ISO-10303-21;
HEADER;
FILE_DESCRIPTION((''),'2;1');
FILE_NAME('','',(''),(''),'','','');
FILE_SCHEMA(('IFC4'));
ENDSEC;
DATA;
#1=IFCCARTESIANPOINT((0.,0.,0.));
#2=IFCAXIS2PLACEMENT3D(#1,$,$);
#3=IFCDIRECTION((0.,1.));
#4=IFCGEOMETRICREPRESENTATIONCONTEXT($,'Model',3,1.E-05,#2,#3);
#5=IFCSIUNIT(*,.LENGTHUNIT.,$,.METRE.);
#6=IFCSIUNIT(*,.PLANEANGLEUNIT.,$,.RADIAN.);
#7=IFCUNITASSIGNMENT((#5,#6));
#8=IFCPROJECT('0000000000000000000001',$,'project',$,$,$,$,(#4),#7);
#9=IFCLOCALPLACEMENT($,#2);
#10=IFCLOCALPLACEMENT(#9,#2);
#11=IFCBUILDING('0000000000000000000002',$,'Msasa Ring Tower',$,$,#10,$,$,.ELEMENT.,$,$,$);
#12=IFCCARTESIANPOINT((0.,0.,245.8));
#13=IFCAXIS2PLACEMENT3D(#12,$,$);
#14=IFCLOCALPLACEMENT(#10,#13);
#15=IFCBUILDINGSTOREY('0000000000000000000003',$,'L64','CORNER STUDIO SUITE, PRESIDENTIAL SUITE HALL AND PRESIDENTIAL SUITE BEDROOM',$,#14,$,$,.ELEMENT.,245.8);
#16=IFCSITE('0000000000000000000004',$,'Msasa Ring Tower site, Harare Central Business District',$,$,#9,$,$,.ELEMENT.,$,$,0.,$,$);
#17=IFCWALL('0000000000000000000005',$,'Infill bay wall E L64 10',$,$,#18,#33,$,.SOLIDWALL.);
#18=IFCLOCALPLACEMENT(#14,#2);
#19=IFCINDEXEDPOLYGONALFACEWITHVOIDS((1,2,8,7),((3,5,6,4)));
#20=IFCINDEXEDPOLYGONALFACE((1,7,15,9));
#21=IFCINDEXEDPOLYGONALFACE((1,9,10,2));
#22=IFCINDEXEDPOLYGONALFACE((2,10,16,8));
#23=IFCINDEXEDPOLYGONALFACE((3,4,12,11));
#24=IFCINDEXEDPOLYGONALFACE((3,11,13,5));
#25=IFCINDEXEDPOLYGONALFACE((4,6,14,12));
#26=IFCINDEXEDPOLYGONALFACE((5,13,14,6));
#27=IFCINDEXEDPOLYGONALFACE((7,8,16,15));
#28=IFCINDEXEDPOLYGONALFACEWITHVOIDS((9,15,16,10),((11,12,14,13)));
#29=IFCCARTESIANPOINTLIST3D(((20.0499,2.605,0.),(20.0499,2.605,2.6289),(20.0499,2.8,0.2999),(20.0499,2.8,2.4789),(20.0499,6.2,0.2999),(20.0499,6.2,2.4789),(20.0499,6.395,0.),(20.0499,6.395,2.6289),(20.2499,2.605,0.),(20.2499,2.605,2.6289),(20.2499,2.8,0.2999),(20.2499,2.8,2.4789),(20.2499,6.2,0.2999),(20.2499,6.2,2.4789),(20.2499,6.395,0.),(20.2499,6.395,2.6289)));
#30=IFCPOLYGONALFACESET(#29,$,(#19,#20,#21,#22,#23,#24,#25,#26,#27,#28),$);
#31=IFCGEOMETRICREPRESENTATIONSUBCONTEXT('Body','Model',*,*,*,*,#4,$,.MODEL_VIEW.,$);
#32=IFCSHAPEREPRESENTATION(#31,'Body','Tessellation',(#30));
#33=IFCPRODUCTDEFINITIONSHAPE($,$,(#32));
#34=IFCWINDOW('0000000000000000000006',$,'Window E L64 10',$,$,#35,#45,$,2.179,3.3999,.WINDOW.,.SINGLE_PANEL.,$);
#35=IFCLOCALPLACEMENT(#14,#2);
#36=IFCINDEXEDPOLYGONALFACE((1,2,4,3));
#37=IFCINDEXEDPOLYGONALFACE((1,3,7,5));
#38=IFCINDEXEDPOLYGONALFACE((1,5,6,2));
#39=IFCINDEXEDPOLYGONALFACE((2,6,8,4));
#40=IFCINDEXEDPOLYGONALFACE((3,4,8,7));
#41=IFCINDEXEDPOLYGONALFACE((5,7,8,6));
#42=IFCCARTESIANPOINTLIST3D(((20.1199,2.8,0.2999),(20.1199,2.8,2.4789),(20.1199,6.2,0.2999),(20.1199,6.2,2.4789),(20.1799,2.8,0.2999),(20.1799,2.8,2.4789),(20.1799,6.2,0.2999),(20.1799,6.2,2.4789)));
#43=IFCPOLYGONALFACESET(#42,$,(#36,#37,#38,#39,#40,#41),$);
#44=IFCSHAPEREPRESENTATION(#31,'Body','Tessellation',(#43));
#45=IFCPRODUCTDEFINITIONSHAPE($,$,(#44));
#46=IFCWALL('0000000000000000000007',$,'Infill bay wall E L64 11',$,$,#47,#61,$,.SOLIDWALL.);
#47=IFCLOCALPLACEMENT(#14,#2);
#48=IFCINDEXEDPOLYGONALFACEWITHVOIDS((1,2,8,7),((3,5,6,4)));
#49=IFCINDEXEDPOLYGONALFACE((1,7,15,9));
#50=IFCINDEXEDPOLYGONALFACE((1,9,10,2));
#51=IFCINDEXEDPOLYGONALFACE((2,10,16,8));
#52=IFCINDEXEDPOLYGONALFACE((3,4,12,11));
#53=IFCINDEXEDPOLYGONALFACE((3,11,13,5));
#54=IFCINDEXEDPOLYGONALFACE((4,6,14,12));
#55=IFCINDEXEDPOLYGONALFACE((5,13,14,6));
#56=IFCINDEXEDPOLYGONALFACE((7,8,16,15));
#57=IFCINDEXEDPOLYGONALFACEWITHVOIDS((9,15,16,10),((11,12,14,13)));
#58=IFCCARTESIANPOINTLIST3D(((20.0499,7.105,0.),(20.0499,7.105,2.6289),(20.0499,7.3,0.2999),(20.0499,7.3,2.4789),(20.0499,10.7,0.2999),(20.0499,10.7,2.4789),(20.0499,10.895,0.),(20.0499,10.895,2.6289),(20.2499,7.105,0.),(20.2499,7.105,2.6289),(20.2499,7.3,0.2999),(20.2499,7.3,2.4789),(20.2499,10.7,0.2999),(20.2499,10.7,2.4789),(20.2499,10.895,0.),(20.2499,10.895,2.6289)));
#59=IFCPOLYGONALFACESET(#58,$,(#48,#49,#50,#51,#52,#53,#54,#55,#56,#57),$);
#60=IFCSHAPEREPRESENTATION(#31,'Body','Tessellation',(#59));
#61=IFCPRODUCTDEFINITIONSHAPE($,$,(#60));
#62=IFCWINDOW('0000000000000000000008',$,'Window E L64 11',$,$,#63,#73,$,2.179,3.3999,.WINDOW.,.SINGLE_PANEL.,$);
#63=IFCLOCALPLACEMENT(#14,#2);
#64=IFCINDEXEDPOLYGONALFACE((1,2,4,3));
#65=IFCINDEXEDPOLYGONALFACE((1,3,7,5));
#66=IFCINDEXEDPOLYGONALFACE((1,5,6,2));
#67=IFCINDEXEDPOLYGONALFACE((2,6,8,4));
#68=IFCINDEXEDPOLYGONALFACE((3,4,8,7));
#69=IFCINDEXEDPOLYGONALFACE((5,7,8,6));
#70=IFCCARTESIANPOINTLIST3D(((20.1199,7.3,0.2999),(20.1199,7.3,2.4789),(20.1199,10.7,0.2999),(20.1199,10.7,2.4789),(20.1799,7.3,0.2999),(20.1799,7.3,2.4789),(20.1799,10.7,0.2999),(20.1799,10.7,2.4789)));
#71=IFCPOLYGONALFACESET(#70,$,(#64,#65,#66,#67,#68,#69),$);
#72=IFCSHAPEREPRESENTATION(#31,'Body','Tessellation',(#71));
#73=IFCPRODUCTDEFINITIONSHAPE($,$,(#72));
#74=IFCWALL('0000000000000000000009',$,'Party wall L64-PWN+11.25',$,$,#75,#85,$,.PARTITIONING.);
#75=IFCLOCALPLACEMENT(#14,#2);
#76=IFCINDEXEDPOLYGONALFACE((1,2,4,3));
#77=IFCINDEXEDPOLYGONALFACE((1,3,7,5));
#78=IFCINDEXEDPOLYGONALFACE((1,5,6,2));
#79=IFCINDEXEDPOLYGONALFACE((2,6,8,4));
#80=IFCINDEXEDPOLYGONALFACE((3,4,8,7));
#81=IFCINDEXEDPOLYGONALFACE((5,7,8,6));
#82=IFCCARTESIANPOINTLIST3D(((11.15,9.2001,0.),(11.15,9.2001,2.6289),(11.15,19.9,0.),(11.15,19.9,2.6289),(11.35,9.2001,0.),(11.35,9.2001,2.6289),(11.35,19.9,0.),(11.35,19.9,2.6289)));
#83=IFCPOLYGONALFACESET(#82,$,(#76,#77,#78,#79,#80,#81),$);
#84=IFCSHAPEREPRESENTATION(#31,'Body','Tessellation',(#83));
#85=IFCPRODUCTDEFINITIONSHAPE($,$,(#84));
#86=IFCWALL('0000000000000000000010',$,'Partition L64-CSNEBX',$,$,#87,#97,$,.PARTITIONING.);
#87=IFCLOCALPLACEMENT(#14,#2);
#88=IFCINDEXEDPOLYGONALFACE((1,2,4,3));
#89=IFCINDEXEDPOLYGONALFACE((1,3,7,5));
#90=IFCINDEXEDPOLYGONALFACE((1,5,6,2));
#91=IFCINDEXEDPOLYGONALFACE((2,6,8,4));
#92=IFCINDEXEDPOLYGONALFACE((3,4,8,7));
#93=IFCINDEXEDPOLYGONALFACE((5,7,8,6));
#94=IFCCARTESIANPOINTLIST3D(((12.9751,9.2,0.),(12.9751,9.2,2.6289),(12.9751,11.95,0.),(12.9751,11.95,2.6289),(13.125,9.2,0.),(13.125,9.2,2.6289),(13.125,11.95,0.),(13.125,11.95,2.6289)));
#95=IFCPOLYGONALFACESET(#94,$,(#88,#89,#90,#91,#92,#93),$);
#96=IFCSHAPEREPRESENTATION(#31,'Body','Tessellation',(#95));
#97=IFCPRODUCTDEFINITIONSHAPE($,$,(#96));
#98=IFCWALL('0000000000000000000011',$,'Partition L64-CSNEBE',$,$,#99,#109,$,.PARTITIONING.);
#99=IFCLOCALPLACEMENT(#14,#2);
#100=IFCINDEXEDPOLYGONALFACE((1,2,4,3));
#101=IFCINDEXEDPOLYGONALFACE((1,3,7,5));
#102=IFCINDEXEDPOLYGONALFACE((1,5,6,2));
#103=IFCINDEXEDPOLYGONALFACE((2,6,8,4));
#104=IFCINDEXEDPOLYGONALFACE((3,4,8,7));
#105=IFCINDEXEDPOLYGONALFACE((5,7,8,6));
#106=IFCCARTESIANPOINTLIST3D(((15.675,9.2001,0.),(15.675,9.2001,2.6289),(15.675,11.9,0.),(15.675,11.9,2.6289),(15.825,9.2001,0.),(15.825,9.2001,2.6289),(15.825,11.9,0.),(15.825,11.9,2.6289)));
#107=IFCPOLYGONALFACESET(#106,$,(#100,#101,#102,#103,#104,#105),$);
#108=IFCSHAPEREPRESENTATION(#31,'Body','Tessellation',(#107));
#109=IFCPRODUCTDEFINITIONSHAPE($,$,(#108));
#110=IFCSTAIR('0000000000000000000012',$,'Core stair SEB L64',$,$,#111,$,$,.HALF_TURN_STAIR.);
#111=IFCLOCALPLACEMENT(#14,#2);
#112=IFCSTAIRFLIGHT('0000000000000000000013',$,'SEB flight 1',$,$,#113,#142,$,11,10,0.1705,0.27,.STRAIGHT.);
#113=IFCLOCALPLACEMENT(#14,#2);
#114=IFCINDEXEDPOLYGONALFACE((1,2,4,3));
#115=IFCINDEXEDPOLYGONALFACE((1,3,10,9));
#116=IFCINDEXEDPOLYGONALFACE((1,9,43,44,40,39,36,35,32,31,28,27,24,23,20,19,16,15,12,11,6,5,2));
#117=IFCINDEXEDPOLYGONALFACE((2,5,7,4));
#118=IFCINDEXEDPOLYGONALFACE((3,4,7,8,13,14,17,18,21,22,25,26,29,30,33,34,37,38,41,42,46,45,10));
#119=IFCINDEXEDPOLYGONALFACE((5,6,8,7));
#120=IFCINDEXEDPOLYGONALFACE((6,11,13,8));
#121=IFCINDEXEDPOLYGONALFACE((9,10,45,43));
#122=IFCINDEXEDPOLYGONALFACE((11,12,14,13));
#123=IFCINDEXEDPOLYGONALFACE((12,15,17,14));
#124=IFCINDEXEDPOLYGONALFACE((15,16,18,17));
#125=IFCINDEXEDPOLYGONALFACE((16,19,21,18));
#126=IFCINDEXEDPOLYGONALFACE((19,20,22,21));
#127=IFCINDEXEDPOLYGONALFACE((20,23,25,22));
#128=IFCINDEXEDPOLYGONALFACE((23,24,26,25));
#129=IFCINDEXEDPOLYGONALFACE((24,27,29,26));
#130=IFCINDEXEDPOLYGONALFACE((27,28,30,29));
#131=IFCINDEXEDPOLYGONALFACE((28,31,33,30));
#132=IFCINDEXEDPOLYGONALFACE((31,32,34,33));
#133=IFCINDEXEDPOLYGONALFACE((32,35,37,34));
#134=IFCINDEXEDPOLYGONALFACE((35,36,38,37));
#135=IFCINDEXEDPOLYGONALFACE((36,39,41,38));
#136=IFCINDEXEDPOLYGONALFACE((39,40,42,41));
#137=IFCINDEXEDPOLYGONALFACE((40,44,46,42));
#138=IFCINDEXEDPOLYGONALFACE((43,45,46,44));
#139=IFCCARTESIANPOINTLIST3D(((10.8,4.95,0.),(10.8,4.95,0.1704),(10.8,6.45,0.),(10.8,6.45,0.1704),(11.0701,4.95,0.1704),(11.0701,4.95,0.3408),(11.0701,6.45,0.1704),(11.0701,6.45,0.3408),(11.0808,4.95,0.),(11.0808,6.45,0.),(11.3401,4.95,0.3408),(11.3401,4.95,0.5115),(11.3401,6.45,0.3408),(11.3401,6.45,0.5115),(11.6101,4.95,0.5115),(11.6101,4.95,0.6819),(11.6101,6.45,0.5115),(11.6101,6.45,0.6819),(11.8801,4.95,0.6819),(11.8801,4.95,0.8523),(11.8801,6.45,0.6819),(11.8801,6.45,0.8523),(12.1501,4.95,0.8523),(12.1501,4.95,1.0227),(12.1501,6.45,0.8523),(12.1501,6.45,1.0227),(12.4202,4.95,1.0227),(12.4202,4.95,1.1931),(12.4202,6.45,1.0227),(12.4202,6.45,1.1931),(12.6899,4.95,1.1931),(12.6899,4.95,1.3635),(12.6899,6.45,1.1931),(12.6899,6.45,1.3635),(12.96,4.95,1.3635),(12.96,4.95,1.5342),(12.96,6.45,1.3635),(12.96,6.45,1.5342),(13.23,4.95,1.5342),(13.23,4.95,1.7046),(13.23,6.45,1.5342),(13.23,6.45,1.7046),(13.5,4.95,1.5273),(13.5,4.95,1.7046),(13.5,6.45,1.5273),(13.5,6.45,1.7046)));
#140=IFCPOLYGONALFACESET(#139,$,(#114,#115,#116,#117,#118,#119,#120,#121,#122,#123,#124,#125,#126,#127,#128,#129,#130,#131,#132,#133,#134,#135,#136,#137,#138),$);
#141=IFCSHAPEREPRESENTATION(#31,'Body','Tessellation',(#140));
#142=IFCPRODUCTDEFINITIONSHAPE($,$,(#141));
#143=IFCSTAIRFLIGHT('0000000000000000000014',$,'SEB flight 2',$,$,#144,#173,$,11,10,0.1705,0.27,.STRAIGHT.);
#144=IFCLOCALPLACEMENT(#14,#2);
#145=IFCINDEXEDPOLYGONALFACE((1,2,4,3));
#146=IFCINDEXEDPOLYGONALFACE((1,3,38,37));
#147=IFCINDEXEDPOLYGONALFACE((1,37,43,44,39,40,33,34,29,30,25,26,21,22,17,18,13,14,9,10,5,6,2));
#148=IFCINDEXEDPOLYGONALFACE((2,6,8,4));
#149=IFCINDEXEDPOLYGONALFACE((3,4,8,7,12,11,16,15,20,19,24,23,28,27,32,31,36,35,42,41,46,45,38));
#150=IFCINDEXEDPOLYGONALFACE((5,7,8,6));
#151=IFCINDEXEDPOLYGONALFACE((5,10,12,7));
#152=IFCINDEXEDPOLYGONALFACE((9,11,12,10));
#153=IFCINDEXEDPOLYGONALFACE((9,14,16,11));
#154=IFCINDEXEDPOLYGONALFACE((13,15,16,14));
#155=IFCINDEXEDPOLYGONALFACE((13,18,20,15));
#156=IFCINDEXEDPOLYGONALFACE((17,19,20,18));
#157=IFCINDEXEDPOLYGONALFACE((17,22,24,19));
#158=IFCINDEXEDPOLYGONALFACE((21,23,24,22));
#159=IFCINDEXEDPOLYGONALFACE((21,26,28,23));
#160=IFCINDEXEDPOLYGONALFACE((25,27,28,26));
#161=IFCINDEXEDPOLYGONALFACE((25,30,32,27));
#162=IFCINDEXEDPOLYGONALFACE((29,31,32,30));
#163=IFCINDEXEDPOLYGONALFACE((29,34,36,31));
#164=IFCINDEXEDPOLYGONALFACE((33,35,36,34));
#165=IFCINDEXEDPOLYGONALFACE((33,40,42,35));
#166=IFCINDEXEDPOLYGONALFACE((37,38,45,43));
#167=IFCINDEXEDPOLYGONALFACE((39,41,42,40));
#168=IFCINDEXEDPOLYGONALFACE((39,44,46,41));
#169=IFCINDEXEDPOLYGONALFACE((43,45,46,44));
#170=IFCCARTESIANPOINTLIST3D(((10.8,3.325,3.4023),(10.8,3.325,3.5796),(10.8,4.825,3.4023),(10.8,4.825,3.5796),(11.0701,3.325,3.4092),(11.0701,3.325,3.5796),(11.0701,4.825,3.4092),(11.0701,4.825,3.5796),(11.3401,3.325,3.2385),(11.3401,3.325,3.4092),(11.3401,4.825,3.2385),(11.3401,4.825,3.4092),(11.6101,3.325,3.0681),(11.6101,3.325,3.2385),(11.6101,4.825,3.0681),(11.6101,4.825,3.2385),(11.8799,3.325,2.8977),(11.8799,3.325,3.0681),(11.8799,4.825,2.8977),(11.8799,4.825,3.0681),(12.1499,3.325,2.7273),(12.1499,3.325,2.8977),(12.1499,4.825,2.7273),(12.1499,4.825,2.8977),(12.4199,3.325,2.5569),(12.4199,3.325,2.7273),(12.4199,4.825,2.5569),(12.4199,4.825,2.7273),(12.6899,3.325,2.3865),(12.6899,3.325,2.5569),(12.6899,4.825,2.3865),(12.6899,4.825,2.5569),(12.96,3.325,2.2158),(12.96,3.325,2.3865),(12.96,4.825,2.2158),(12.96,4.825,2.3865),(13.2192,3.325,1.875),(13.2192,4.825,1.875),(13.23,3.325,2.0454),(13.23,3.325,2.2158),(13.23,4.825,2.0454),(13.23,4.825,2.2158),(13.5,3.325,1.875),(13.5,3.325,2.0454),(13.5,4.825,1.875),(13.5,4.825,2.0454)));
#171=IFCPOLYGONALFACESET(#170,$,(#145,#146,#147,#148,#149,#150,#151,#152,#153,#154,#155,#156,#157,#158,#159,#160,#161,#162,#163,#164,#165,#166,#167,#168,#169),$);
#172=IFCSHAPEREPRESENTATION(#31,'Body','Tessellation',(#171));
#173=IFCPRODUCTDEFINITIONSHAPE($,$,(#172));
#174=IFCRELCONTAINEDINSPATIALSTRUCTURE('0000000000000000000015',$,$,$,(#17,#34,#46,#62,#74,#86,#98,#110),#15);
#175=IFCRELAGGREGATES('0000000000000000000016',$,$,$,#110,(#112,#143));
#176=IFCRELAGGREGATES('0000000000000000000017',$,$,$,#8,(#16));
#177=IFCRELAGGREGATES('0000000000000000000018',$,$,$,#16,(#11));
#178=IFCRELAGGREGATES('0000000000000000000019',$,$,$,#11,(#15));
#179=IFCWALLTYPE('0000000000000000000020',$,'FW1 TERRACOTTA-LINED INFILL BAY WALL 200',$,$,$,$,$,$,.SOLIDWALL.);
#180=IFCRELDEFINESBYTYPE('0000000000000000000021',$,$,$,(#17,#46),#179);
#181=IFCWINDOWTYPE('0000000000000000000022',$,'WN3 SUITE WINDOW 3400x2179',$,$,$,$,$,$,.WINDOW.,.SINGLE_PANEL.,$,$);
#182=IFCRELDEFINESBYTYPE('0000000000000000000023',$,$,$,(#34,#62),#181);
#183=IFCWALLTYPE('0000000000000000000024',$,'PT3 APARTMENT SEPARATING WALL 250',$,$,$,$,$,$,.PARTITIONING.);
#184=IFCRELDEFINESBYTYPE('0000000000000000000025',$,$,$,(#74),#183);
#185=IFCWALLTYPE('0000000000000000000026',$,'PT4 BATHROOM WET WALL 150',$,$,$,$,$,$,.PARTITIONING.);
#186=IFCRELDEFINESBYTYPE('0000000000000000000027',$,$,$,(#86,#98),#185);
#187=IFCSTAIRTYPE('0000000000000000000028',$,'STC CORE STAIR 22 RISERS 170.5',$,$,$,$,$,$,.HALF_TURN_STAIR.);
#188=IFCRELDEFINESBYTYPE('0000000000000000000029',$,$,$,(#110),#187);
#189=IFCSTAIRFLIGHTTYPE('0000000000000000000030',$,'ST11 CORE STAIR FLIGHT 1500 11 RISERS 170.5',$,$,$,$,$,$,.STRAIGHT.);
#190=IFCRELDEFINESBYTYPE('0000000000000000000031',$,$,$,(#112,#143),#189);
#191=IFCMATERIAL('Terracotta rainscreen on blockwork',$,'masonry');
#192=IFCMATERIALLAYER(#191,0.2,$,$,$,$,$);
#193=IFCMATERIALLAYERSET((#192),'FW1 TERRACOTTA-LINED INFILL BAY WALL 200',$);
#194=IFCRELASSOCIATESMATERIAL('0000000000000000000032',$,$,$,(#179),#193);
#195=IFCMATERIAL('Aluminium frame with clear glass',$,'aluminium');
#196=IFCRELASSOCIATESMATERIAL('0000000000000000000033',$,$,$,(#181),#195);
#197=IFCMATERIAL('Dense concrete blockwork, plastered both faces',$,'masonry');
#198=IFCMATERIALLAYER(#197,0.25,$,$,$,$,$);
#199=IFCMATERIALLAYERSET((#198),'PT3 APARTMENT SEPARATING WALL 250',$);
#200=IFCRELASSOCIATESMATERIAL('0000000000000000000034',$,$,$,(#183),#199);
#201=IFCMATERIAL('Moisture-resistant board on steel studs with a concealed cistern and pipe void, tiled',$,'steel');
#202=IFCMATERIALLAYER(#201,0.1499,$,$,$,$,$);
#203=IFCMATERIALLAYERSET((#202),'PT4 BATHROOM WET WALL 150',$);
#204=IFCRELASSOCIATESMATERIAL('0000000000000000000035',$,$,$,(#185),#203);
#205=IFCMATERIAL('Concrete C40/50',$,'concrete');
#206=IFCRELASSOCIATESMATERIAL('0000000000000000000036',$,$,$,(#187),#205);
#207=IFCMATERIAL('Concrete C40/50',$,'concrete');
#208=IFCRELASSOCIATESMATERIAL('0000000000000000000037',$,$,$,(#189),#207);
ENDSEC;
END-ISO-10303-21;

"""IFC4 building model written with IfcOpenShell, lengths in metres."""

from ifc_helpers import new_model, si_unit, direction, frame, frame_2d, origin, place, context, subcontext, project, spatial, polyline, rectangle, outline, extrude, material, layer, layer_set, type_object, element, fill, aggregate, save


model = new_model("IFC4")

# Units and contexts
model_context = context("Model", 3, precision=1e-05, world=origin(), true_north=direction((0.0, 1.0)))
body_context = subcontext(model_context, "Body", "Model", "MODEL_VIEW")
ifc_project = project(units=[si_unit("LENGTHUNIT", "METRE"), si_unit("PLANEANGLEUNIT", "RADIAN")], contexts=[model_context])

# Site, building, storey
site_placement = place(None, origin())
site = spatial("IfcSite", under=ifc_project, at=site_placement, Name="Msasa Ring Tower site, Harare Central Business District", CompositionType="ELEMENT", RefElevation=0.0)
building_placement = place(site_placement, origin())
building = spatial("IfcBuilding", under=site, at=building_placement, Name="Msasa Ring Tower", CompositionType="ELEMENT")
storey_placement = place(building_placement, frame((0.0, 0.0, 245.8)))
storey = spatial("IfcBuildingStorey", under=building, at=storey_placement, Name="L64", Description="CORNER STUDIO SUITE, PRESIDENTIAL SUITE HALL AND PRESIDENTIAL SUITE BEDROOM", CompositionType="ELEMENT", Elevation=245.8)

# Walls, openings, windows
ifc_material_1 = material(Name="Terracotta rainscreen on blockwork", Category="masonry")
ifc_layer_1 = layer(ifc_material_1, 0.2)
ifc_layer_set_1 = layer_set([ifc_layer_1], Name="FW1 TERRACOTTA-LINED INFILL BAY WALL 200")
wall_type_1 = type_object("IfcWallType", Name="FW1 TERRACOTTA-LINED INFILL BAY WALL 200", PredefinedType="SOLIDWALL", material=ifc_layer_set_1)
wall_1_placement = place(storey_placement, frame((20.1499, 2.605, 0.0), z_axis=(0.0, 0.0, 1.0), x_axis=(0.0, 1.0, 0.0)))
wall_1 = element("IfcWall", 1, at=wall_1_placement, inside=storey, type_object=wall_type_1, Name="Infill bay wall E L64 10", PredefinedType="SOLIDWALL", context=body_context, shape_type="SweptSolid", body=[
    extrude(rectangle(XDim=3.79, YDim=0.2, at=frame_2d((1.895, 0.0))), origin(), (0.0, 0.0, 1.0), 2.6289),
])
opening_1_placement = place(wall_1_placement, frame((0.1951, 0.0, 0.3)))
opening_1 = element("IfcOpeningElement", 2, at=opening_1_placement, cuts=wall_1, PredefinedType="OPENING", context=body_context, shape_type="SweptSolid", body=[
    extrude(rectangle(XDim=3.3999, YDim=2.179, at=frame_2d((1.7, 1.0894))), frame((0.0, 0.1099, 0.0), z_axis=(0.0, -1.0, 0.0), x_axis=(1.0, 0.0, 0.0)), (0.0, 0.0, 1.0), 0.22),
])
ifc_material_2 = material(Name="Aluminium frame with clear glass", Category="aluminium")
window_type = type_object("IfcWindowType", Name="WN3 SUITE WINDOW 3400x2179", PartitioningType="SINGLE_PANEL", PredefinedType="WINDOW", material=ifc_material_2)
window_1_placement = place(opening_1_placement, origin())
window_1 = element("IfcWindow", 3, at=window_1_placement, inside=storey, type_object=window_type, Name="Window E L64 10", OverallHeight=2.179, OverallWidth=3.3999, PartitioningType="SINGLE_PANEL", PredefinedType="WINDOW", context=body_context, shape_type="SweptSolid", body=[
    extrude(rectangle(XDim=3.3999, YDim=2.179, at=frame_2d((1.7, 1.0894))), frame((0.0, 0.03, 0.0), z_axis=(0.0, -1.0, 0.0), x_axis=(1.0, 0.0, 0.0)), (0.0, 0.0, 1.0), 0.0601),
])
fill(opening_1, window_1)
wall_2_placement = place(storey_placement, frame((20.1499, 7.105, 0.0), z_axis=(0.0, 0.0, 1.0), x_axis=(0.0, 1.0, 0.0)))
wall_2 = element("IfcWall", 4, at=wall_2_placement, inside=storey, type_object=wall_type_1, Name="Infill bay wall E L64 11", PredefinedType="SOLIDWALL", context=body_context, shape_type="SweptSolid", body=[
    extrude(rectangle(XDim=3.79, YDim=0.2, at=frame_2d((1.895, 0.0))), origin(), (0.0, 0.0, 1.0), 2.6289),
])
opening_2_placement = place(wall_2_placement, frame((0.1951, 0.0, 0.3)))
opening_2 = element("IfcOpeningElement", 5, at=opening_2_placement, cuts=wall_2, PredefinedType="OPENING", context=body_context, shape_type="SweptSolid", body=[
    extrude(rectangle(XDim=3.3999, YDim=2.179, at=frame_2d((1.7, 1.0894))), frame((0.0, 0.1099, 0.0), z_axis=(0.0, -1.0, 0.0), x_axis=(1.0, 0.0, 0.0)), (0.0, 0.0, 1.0), 0.22),
])
window_2_placement = place(opening_2_placement, origin())
window_2 = element("IfcWindow", 6, at=window_2_placement, inside=storey, type_object=window_type, Name="Window E L64 11", OverallHeight=2.179, OverallWidth=3.3999, PartitioningType="SINGLE_PANEL", PredefinedType="WINDOW", context=body_context, shape_type="SweptSolid", body=[
    extrude(rectangle(XDim=3.3999, YDim=2.179, at=frame_2d((1.7, 1.0894))), frame((0.0, 0.03, 0.0), z_axis=(0.0, -1.0, 0.0), x_axis=(1.0, 0.0, 0.0)), (0.0, 0.0, 1.0), 0.0601),
])
fill(opening_2, window_2)

# Walls
ifc_material_3 = material(Name="Dense concrete blockwork, plastered both faces", Category="masonry")
ifc_layer_2 = layer(ifc_material_3, 0.25)
ifc_layer_set_2 = layer_set([ifc_layer_2], Name="PT3 APARTMENT SEPARATING WALL 250")
wall_type_2 = type_object("IfcWallType", Name="PT3 APARTMENT SEPARATING WALL 250", PredefinedType="PARTITIONING", material=ifc_layer_set_2)
wall_3_placement = place(storey_placement, frame((11.25, 9.2, 0.0), z_axis=(0.0, 0.0, 1.0), x_axis=(0.0, 1.0, 0.0)))
element("IfcWall", 7, at=wall_3_placement, inside=storey, type_object=wall_type_2, Name="Party wall L64-PWN+11.25", PredefinedType="PARTITIONING", context=body_context, shape_type="SweptSolid", body=[
    extrude(rectangle(XDim=10.7, YDim=0.2, at=frame_2d((5.3501, 0.0))), origin(), (0.0, 0.0, 1.0), 2.6289),
])
ifc_material_4 = material(Name="Moisture-resistant board on steel studs with a concealed cistern and pipe void, tiled", Category="steel")
ifc_layer_3 = layer(ifc_material_4, 0.1499)
ifc_layer_set_3 = layer_set([ifc_layer_3], Name="PT4 BATHROOM WET WALL 150")
wall_type_3 = type_object("IfcWallType", Name="PT4 BATHROOM WET WALL 150", PredefinedType="PARTITIONING", material=ifc_layer_set_3)
wall_4_placement = place(storey_placement, frame((13.05, 9.2, 0.0), z_axis=(0.0, 0.0, 1.0), x_axis=(0.0, 1.0, 0.0)))
element("IfcWall", 8, at=wall_4_placement, inside=storey, type_object=wall_type_3, Name="Partition L64-CSNEBX", PredefinedType="PARTITIONING", context=body_context, shape_type="SweptSolid", body=[
    extrude(rectangle(XDim=2.75, YDim=0.1499, at=frame_2d((1.375, 0.0))), origin(), (0.0, 0.0, 1.0), 2.6289),
])
wall_5_placement = place(storey_placement, frame((15.75, 9.2, 0.0), z_axis=(0.0, 0.0, 1.0), x_axis=(0.0, 1.0, 0.0)))
element("IfcWall", 9, at=wall_5_placement, inside=storey, type_object=wall_type_3, Name="Partition L64-CSNEBE", PredefinedType="PARTITIONING", context=body_context, shape_type="SweptSolid", body=[
    extrude(rectangle(XDim=2.7, YDim=0.1499, at=frame_2d((1.3501, 0.0))), origin(), (0.0, 0.0, 1.0), 2.6289),
])

# Stair, stair flights
ifc_material_5 = material(Name="Concrete C40/50", Category="concrete")
stair_type = type_object("IfcStairType", Name="STC CORE STAIR 22 RISERS 170.5", PredefinedType="HALF_TURN_STAIR", material=ifc_material_5)
stair_placement = place(storey_placement, origin())
stair = element("IfcStair", 10, at=stair_placement, inside=storey, type_object=stair_type, Name="Core stair SEB L64", PredefinedType="HALF_TURN_STAIR")
ifc_material_6 = material(Name="Concrete C40/50", Category="concrete")
stair_flight_type = type_object("IfcStairFlightType", Name="ST11 CORE STAIR FLIGHT 1500 11 RISERS 170.5", PredefinedType="STRAIGHT", material=ifc_material_6)
stair_flight_1_placement = place(storey_placement, frame((10.8, 5.7, 0.0), z_axis=(0.0, 0.0, 1.0), x_axis=(1.0, 0.0, 0.0)))
stair_flight_1 = element("IfcStairFlight", 11, at=stair_flight_1_placement, type_object=stair_flight_type, Name="SEB flight 1", NumberOfRisers=11, NumberOfTreads=10, PredefinedType="STRAIGHT", RiserHeight=0.1705, TreadLength=0.27, context=body_context, shape_type="SweptSolid", body=[
    extrude(outline(polyline([(0.0, 0.0), (0.0, 0.1704), (0.27, 0.1704), (0.27, 0.3408), (0.54, 0.3408), (0.54, 0.5115), (0.8101, 0.5115), (0.8101, 0.6819), (1.0801, 0.6819), (1.0801, 0.8523), (1.3501, 0.8523), (1.3501, 1.0227), (1.6201, 1.0227), (1.6201, 1.1931), (1.8899, 1.1931), (1.8899, 1.3635), (2.1599, 1.3635), (2.1599, 1.5342), (2.4299, 1.5342), (2.4299, 1.7046), (2.7, 1.7046), (2.7, 1.875), (2.7, 1.5273), (0.2808, 0.0), (0.0, 0.0)])), frame((0.0, 0.75, 0.0), z_axis=(0.0, -1.0, 0.0), x_axis=(1.0, 0.0, 0.0)), (0.0, 0.0, 1.0), 1.5),
])
stair_flight_2_placement = place(storey_placement, frame((13.5, 4.075, 1.875), z_axis=(0.0, 0.0, 1.0), x_axis=(-1.0, 0.0, 0.0)))
stair_flight_2 = element("IfcStairFlight", 12, at=stair_flight_2_placement, type_object=stair_flight_type, Name="SEB flight 2", NumberOfRisers=11, NumberOfTreads=10, PredefinedType="STRAIGHT", RiserHeight=0.1705, TreadLength=0.27, context=body_context, shape_type="SweptSolid", body=[
    extrude(outline(polyline([(0.0, 0.0), (0.0, 0.1704), (0.27, 0.1704), (0.27, 0.3408), (0.54, 0.3408), (0.54, 0.5115), (0.8101, 0.5115), (0.8101, 0.6819), (1.0801, 0.6819), (1.0801, 0.8523), (1.3501, 0.8523), (1.3501, 1.0227), (1.6201, 1.0227), (1.6201, 1.1931), (1.8899, 1.1931), (1.8899, 1.3635), (2.1599, 1.3635), (2.1599, 1.5342), (2.4299, 1.5342), (2.4299, 1.7046), (2.7, 1.7046), (2.7, 1.875), (2.7, 1.5273), (0.2808, 0.0), (0.0, 0.0)])), frame((0.0, 0.75, 0.0), z_axis=(0.0, -1.0, 0.0), x_axis=(1.0, 0.0, 0.0)), (0.0, 0.0, 1.0), 1.5),
])
aggregate(stair, [stair_flight_1, stair_flight_2])

save(model, "model.ifc")
